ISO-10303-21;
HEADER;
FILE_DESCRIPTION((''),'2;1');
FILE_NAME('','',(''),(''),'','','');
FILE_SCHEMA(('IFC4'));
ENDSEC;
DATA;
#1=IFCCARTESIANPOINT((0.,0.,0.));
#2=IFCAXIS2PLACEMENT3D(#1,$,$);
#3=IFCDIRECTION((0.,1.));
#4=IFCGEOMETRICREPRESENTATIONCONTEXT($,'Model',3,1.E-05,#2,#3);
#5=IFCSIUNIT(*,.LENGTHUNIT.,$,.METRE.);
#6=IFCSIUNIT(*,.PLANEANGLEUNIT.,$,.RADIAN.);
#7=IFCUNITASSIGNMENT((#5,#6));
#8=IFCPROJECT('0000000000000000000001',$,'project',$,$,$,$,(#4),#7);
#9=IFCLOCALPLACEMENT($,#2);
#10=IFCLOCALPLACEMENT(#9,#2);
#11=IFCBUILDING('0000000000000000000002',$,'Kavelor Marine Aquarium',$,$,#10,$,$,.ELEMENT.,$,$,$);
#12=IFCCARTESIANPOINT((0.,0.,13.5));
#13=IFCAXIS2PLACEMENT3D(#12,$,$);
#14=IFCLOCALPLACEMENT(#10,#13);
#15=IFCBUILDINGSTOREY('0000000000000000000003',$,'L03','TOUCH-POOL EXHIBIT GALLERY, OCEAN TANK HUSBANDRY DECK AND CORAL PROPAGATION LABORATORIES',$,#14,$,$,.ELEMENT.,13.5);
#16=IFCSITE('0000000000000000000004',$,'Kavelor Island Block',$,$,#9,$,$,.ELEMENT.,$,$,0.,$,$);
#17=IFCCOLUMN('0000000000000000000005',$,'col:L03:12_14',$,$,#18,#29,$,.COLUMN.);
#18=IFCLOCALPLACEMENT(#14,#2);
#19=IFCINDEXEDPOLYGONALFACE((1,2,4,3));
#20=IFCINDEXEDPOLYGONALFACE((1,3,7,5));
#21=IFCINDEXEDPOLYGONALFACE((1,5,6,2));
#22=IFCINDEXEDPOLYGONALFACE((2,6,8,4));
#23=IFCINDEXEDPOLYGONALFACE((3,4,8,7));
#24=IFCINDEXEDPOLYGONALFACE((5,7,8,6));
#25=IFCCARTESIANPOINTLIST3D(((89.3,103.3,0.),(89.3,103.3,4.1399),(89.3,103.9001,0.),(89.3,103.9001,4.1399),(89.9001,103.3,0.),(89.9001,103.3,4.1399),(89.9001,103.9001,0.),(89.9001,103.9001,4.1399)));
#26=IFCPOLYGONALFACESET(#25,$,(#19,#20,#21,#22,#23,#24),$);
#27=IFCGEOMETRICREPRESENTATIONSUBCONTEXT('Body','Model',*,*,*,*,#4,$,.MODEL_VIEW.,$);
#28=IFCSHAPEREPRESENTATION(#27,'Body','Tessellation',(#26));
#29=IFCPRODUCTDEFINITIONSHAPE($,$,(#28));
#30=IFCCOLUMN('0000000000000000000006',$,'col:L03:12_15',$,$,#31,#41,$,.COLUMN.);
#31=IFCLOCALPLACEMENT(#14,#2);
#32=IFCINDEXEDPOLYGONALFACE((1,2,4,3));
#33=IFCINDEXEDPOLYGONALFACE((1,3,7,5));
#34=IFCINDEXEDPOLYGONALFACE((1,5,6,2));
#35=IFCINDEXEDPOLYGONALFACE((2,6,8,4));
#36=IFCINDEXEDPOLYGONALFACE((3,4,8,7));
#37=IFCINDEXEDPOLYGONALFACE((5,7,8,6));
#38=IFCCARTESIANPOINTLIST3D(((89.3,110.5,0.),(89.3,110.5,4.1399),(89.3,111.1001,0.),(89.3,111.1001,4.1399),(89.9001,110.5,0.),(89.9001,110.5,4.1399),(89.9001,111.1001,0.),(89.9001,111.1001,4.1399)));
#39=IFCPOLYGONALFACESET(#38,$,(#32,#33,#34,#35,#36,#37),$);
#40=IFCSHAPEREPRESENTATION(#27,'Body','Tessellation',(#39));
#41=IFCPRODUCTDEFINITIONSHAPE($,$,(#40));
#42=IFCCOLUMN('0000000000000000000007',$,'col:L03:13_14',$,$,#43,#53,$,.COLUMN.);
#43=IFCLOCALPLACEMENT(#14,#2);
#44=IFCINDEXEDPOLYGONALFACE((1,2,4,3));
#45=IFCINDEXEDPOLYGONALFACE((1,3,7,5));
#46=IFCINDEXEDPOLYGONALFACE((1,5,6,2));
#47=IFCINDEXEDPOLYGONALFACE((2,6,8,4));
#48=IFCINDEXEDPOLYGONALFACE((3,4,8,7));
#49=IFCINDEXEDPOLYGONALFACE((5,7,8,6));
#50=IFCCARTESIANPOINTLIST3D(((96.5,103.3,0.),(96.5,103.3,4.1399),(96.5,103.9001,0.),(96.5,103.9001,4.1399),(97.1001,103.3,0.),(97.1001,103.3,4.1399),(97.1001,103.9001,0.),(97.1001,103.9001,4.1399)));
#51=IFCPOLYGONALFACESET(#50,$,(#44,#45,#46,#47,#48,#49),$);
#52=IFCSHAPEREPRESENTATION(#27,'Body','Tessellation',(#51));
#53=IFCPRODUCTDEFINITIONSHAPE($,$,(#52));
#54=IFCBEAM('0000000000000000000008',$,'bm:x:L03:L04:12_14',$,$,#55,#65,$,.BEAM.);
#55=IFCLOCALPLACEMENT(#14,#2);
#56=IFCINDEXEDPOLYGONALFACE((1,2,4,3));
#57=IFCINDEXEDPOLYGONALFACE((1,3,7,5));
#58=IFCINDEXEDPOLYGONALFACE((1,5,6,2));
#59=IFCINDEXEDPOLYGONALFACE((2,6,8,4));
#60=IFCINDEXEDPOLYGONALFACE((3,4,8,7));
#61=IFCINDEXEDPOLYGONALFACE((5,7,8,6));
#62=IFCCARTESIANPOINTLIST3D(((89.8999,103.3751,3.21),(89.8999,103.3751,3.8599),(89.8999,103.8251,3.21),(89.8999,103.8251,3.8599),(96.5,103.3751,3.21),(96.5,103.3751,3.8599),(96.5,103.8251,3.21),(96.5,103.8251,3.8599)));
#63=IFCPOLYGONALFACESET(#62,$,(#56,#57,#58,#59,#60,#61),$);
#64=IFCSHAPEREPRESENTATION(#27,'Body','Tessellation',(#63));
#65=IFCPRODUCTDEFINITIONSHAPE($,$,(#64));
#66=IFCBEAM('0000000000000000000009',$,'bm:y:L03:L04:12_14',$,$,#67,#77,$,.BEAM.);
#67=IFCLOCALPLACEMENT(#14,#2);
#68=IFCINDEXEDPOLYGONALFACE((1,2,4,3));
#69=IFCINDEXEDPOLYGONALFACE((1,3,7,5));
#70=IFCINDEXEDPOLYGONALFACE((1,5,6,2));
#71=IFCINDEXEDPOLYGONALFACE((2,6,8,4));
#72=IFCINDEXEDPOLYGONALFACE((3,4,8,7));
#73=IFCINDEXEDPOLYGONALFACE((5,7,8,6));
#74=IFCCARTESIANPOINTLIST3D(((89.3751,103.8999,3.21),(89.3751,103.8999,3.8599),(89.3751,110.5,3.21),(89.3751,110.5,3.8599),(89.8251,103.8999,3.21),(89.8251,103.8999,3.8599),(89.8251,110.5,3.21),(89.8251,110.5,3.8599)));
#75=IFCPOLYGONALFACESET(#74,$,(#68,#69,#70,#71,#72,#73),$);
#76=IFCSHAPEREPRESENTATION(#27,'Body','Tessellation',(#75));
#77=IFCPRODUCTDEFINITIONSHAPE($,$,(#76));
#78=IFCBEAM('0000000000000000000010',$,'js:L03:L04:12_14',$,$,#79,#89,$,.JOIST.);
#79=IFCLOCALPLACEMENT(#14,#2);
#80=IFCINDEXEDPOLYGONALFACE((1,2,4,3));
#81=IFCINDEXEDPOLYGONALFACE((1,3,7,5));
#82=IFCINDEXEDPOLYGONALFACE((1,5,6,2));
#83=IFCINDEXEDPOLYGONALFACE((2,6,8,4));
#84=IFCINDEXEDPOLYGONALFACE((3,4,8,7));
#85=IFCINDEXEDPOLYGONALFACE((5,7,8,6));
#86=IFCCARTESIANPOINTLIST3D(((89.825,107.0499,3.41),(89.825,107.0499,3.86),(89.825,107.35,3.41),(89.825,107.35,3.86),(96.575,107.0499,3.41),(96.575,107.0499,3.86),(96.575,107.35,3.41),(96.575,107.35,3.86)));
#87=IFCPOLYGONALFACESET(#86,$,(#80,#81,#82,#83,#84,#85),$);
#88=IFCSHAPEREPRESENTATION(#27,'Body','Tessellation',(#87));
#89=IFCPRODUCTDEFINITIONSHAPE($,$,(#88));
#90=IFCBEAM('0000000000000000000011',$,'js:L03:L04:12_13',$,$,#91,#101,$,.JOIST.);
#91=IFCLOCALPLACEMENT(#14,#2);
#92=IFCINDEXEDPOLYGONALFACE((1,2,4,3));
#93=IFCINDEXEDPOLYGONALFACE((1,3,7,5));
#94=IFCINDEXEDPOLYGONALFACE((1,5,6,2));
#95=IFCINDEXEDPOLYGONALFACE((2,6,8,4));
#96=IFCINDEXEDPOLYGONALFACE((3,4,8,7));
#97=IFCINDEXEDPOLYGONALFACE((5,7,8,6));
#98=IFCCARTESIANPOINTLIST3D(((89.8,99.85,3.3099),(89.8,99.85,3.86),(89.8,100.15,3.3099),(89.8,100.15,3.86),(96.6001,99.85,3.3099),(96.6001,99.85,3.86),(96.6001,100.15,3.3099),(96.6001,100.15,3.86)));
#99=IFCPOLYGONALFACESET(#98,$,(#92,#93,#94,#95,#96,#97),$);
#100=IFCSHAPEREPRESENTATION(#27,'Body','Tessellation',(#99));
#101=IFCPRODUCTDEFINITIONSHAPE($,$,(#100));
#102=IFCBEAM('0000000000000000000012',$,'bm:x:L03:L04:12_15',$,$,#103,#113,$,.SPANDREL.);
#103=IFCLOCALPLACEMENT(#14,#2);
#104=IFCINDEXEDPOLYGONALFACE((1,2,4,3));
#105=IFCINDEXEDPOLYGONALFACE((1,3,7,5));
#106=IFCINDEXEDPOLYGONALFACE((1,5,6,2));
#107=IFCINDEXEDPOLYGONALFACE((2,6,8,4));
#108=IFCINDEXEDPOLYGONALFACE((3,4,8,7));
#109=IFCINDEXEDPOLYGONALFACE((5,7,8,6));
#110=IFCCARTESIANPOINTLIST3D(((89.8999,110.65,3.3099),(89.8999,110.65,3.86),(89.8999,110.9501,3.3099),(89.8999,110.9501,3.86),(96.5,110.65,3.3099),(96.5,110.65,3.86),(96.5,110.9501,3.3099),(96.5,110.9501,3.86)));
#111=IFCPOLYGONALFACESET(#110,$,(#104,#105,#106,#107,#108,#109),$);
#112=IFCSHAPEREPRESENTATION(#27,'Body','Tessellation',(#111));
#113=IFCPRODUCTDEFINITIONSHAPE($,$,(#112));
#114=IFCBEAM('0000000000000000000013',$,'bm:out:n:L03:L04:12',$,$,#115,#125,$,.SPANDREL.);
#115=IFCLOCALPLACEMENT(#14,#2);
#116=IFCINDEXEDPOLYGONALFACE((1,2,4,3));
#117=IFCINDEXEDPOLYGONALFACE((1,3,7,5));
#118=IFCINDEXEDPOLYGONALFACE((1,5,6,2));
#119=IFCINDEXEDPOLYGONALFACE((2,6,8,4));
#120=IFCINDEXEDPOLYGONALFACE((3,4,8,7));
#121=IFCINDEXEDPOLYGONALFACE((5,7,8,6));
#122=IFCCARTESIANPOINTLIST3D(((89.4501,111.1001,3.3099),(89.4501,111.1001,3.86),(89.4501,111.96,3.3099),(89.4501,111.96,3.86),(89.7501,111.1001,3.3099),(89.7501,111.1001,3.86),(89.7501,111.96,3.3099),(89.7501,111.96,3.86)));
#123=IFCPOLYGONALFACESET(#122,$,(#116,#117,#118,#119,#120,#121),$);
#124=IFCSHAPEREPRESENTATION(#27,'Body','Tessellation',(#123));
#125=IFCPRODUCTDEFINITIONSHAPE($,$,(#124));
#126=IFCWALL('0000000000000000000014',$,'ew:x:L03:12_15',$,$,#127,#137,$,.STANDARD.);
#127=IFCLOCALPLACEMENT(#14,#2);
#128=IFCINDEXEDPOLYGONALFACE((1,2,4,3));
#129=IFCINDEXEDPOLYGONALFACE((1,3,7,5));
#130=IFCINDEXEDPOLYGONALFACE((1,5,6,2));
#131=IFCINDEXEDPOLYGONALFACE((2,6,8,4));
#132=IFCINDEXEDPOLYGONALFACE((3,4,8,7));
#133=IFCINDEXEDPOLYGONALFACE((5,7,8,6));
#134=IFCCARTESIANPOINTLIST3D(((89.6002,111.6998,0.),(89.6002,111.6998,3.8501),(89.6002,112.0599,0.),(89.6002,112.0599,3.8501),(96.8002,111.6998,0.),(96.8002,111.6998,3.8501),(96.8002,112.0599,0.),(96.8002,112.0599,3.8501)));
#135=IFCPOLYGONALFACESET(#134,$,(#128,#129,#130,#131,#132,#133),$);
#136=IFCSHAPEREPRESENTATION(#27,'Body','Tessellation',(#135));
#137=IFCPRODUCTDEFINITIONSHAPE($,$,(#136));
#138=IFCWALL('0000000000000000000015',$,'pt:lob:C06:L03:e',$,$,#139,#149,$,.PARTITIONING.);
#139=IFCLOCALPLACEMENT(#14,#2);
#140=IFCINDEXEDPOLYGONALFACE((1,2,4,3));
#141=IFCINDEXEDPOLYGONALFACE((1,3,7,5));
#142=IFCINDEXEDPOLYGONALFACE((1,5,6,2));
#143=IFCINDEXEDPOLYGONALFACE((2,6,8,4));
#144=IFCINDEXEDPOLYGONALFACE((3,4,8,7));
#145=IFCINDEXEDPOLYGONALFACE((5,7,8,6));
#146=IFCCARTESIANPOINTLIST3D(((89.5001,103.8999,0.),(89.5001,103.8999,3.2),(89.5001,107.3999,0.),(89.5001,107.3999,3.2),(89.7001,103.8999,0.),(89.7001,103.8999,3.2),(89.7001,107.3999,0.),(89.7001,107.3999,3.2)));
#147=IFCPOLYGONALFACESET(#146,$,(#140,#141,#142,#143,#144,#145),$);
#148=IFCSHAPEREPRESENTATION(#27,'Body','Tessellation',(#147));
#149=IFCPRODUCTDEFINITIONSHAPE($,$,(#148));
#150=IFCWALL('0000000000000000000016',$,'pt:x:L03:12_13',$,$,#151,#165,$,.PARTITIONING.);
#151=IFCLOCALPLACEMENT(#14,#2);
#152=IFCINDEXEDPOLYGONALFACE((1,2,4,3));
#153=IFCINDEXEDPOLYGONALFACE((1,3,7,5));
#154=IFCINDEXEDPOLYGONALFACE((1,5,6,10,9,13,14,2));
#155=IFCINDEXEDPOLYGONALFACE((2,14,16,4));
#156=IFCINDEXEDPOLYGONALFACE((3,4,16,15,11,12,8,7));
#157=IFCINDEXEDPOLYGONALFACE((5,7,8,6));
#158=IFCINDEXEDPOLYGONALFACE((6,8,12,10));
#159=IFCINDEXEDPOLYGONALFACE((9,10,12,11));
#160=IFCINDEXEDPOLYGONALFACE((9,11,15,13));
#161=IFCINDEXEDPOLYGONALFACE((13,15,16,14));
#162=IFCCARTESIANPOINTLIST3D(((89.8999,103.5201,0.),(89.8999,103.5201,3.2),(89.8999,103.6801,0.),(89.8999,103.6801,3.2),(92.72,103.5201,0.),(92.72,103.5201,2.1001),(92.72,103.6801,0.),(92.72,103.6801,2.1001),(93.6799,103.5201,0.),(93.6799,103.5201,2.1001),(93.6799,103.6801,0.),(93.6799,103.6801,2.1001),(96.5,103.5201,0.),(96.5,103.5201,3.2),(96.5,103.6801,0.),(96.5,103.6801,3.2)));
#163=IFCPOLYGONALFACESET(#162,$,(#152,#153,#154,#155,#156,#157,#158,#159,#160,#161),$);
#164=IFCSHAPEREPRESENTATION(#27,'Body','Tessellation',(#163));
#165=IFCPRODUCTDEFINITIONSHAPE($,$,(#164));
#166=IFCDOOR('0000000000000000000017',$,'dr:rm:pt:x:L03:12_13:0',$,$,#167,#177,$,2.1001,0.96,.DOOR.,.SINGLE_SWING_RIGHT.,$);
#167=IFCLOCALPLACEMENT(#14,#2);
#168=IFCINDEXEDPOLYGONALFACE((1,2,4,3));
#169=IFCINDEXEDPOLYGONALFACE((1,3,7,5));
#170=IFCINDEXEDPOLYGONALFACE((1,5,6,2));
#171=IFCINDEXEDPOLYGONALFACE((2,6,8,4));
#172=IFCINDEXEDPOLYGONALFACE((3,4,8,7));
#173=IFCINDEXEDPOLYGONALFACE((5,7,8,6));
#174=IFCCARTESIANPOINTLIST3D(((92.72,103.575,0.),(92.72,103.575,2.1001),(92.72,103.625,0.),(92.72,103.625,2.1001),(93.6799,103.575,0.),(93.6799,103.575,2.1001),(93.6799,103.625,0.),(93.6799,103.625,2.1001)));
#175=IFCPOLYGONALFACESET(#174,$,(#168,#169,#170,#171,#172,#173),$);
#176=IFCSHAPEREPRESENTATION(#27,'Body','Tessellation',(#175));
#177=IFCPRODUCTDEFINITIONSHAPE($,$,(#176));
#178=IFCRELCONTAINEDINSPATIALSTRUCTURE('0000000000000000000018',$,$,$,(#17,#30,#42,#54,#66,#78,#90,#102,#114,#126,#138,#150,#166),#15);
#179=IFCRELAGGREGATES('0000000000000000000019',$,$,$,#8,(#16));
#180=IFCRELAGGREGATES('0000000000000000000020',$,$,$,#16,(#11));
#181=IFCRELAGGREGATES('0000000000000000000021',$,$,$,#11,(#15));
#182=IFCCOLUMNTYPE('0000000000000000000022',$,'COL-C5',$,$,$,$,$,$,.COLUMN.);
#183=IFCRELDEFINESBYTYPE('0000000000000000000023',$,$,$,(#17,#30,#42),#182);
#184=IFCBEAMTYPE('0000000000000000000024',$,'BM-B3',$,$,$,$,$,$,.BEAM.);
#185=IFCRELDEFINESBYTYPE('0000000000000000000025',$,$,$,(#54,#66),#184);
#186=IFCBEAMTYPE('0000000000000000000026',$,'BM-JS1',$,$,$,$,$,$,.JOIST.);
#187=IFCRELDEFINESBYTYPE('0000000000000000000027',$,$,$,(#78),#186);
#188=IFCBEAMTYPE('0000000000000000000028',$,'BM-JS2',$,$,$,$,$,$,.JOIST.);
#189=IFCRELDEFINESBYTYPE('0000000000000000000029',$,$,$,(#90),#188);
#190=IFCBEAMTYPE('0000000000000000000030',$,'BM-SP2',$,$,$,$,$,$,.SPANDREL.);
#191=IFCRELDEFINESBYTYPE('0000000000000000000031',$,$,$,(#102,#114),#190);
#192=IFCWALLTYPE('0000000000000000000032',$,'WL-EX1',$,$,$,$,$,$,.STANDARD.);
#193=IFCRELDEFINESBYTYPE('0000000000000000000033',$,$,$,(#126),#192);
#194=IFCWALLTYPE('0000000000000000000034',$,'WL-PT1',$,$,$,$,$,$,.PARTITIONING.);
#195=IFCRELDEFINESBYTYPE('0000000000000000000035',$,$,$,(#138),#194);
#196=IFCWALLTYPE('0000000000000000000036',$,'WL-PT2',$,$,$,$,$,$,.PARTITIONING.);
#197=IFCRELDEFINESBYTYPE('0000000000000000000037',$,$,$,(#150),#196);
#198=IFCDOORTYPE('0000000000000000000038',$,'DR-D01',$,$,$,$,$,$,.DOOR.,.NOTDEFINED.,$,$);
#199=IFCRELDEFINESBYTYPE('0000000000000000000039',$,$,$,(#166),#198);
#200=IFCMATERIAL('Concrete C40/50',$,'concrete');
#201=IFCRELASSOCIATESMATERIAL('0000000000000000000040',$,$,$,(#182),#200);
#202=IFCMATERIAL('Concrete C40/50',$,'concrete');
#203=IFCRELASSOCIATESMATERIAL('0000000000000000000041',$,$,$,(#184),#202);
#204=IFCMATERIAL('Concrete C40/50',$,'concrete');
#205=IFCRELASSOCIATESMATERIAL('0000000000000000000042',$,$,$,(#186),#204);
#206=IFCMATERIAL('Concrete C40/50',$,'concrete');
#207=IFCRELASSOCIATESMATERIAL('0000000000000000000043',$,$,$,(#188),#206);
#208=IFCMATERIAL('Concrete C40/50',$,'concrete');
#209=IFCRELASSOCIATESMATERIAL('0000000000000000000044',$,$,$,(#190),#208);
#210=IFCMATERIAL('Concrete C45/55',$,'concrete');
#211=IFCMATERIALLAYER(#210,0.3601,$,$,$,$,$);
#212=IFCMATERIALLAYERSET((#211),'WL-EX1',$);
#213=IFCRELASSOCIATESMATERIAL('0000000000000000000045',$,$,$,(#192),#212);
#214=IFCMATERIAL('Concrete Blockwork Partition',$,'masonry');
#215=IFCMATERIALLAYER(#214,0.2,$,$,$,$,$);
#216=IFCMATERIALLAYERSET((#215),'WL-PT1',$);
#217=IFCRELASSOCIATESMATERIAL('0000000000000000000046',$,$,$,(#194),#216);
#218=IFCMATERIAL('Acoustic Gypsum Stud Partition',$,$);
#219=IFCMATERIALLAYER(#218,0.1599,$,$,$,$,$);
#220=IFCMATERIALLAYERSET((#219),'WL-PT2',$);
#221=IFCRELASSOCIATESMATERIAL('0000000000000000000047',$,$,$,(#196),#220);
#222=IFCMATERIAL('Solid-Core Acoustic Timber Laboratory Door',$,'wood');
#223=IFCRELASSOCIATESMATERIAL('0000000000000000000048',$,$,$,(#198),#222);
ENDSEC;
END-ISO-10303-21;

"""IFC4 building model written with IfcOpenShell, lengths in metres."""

from ifc_helpers import new_model, si_unit, direction, frame, frame_2d, origin, origin_2d, place, context, subcontext, project, spatial, rectangle, extrude, material, layer, layer_set, material_profile, profile_set, type_object, element, fill, save


model = new_model("IFC4")

# Units and contexts
model_context = context("Model", 3, precision=1e-05, world=origin(), true_north=direction((0.0, 1.0)))
body_context = subcontext(model_context, "Body", "Model", "MODEL_VIEW")
ifc_project = project(units=[si_unit("LENGTHUNIT", "METRE"), si_unit("PLANEANGLEUNIT", "RADIAN")], contexts=[model_context])

# Site, building, storey
site_placement = place(None, origin())
site = spatial("IfcSite", under=ifc_project, at=site_placement, Name="Kavelor Island Block", CompositionType="ELEMENT", RefElevation=0.0)
building_placement = place(site_placement, origin())
building = spatial("IfcBuilding", under=site, at=building_placement, Name="Kavelor Marine Aquarium", CompositionType="ELEMENT")
storey_placement = place(building_placement, frame((0.0, 0.0, 13.5)))
storey = spatial("IfcBuildingStorey", under=building, at=storey_placement, Name="L03", Description="TOUCH-POOL EXHIBIT GALLERY, OCEAN TANK HUSBANDRY DECK AND CORAL PROPAGATION LABORATORIES", CompositionType="ELEMENT", Elevation=13.5)

# Columns
ifc_material_1 = material(Name="Concrete C40/50", Category="concrete")
ifc_material_profile_1 = material_profile(ifc_material_1, rectangle(XDim=0.6001, YDim=0.6001, at=origin_2d()), Name="RC-COL 600x600")
ifc_profile_set_1 = profile_set([ifc_material_profile_1], Name="Concrete C40/50")
column_type = type_object("IfcColumnType", Name="COL-C5", PredefinedType="COLUMN", material=ifc_profile_set_1)
for number, where, z_axis, x_axis, name in (
    (1, (89.6001, 103.6001, 0.0), (0.0, 0.0, 1.0), (1.0, 0.0, 0.0), "col:L03:12_14"),
    (2, (89.6001, 110.8, 0.0), (0.0, 0.0, 1.0), (1.0, 0.0, 0.0), "col:L03:12_15"),
    (3, (96.8, 103.6001, 0.0), (0.0, 0.0, 1.0), (1.0, 0.0, 0.0), "col:L03:13_14"),
):
    element("IfcColumn", number, at=place(storey_placement, frame(where, z_axis=z_axis, x_axis=x_axis)), inside=storey, type_object=column_type, Name=name, PredefinedType="COLUMN", context=body_context, shape_type="SweptSolid", body=[
        extrude(rectangle(XDim=0.6001, YDim=0.6001, at=origin_2d()), origin(), (0.0, 0.0, 1.0), 4.1399),
    ])

# Beams
ifc_material_2 = material(Name="Concrete C40/50", Category="concrete")
ifc_material_profile_2 = material_profile(ifc_material_2, rectangle(XDim=0.45, YDim=0.6499, at=origin_2d()), Name="RC-BM 450x650")
ifc_profile_set_2 = profile_set([ifc_material_profile_2], Name="Concrete C40/50")
beam_type_1 = type_object("IfcBeamType", Name="BM-B3", PredefinedType="BEAM", material=ifc_profile_set_2)
for number, where, z_axis, x_axis, name in (
    (4, (89.8999, 103.6001, 3.5349), (1.0, 0.0, 0.0), (0.0, 1.0, 0.0), "bm:x:L03:L04:12_14"),
    (5, (89.6001, 103.8999, 3.5349), (0.0, 1.0, 0.0), (-1.0, 0.0, 0.0), "bm:y:L03:L04:12_14"),
):
    element("IfcBeam", number, at=place(storey_placement, frame(where, z_axis=z_axis, x_axis=x_axis)), inside=storey, type_object=beam_type_1, Name=name, PredefinedType="BEAM", context=body_context, shape_type="SweptSolid", body=[
        extrude(rectangle(XDim=0.45, YDim=0.6499, at=origin_2d()), origin(), (0.0, 0.0, 1.0), 6.6001),
    ])
ifc_material_3 = material(Name="Concrete C40/50", Category="concrete")
ifc_material_profile_3 = material_profile(ifc_material_3, rectangle(XDim=0.3, YDim=0.45, at=origin_2d()), Name="RC-JS 300x450")
ifc_profile_set_3 = profile_set([ifc_material_profile_3], Name="Concrete C40/50")
beam_type_2 = type_object("IfcBeamType", Name="BM-JS1", PredefinedType="JOIST", material=ifc_profile_set_3)
beam_1_placement = place(storey_placement, frame((89.825, 107.2, 3.635), z_axis=(1.0, 0.0, 0.0), x_axis=(0.0, 1.0, 0.0)))
element("IfcBeam", 6, at=beam_1_placement, inside=storey, type_object=beam_type_2, Name="js:L03:L04:12_14", PredefinedType="JOIST", context=body_context, shape_type="SweptSolid", body=[
    extrude(rectangle(XDim=0.3, YDim=0.45, at=origin_2d()), origin(), (0.0, 0.0, 1.0), 6.75),
])
ifc_material_4 = material(Name="Concrete C40/50", Category="concrete")
ifc_material_profile_4 = material_profile(ifc_material_4, rectangle(XDim=0.3, YDim=0.55, at=origin_2d()), Name="RC-JS 300x550")
ifc_profile_set_4 = profile_set([ifc_material_profile_4], Name="Concrete C40/50")
beam_type_3 = type_object("IfcBeamType", Name="BM-JS2", PredefinedType="JOIST", material=ifc_profile_set_4)
beam_2_placement = place(storey_placement, frame((89.8, 100.0, 3.585), z_axis=(1.0, 0.0, 0.0), x_axis=(0.0, 1.0, 0.0)))
element("IfcBeam", 7, at=beam_2_placement, inside=storey, type_object=beam_type_3, Name="js:L03:L04:12_13", PredefinedType="JOIST", context=body_context, shape_type="SweptSolid", body=[
    extrude(rectangle(XDim=0.3, YDim=0.55, at=origin_2d()), origin(), (0.0, 0.0, 1.0), 6.8),
])
ifc_material_5 = material(Name="Concrete C40/50", Category="concrete")
ifc_material_profile_5 = material_profile(ifc_material_5, rectangle(XDim=0.3, YDim=0.55, at=origin_2d()), Name="RC-SP 300x550")
ifc_profile_set_5 = profile_set([ifc_material_profile_5], Name="Concrete C40/50")
beam_type_4 = type_object("IfcBeamType", Name="BM-SP2", PredefinedType="SPANDREL", material=ifc_profile_set_5)
beam_3_placement = place(storey_placement, frame((89.8999, 110.8, 3.585), z_axis=(1.0, 0.0, 0.0), x_axis=(0.0, 1.0, 0.0)))
element("IfcBeam", 8, at=beam_3_placement, inside=storey, type_object=beam_type_4, Name="bm:x:L03:L04:12_15", PredefinedType="SPANDREL", context=body_context, shape_type="SweptSolid", body=[
    extrude(rectangle(XDim=0.3, YDim=0.55, at=origin_2d()), origin(), (0.0, 0.0, 1.0), 6.6001),
])
beam_4_placement = place(storey_placement, frame((89.6001, 111.1001, 3.585), z_axis=(0.0, 1.0, 0.0), x_axis=(-1.0, 0.0, 0.0)))
element("IfcBeam", 9, at=beam_4_placement, inside=storey, type_object=beam_type_4, Name="bm:out:n:L03:L04:12", PredefinedType="SPANDREL", context=body_context, shape_type="SweptSolid", body=[
    extrude(rectangle(XDim=0.3, YDim=0.55, at=origin_2d()), origin(), (0.0, 0.0, 1.0), 0.8599),
])

# Walls
ifc_material_6 = material(Name="Concrete C45/55", Category="concrete")
ifc_layer_1 = layer(ifc_material_6, 0.3601)
ifc_layer_set_1 = layer_set([ifc_layer_1], Name="WL-EX1")
wall_type_1 = type_object("IfcWallType", Name="WL-EX1", PredefinedType="STANDARD", material=ifc_layer_set_1)
wall_1_placement = place(storey_placement, frame((89.6001, 111.8799, 0.0), z_axis=(0.0, 0.0, 1.0), x_axis=(1.0, 0.0, 0.0)))
element("IfcWall", 10, at=wall_1_placement, inside=storey, type_object=wall_type_1, Name="ew:x:L03:12_15", PredefinedType="STANDARD", context=body_context, shape_type="SweptSolid", body=[
    extrude(rectangle(XDim=7.2, YDim=0.3601, at=frame_2d((3.6001, 0.0))), origin(), (0.0, 0.0, 1.0), 3.8501),
])
ifc_material_7 = material(Name="Concrete Blockwork Partition", Category="masonry")
ifc_layer_2 = layer(ifc_material_7, 0.2)
ifc_layer_set_2 = layer_set([ifc_layer_2], Name="WL-PT1")
wall_type_2 = type_object("IfcWallType", Name="WL-PT1", PredefinedType="PARTITIONING", material=ifc_layer_set_2)
wall_2_placement = place(storey_placement, frame((89.6001, 103.8999, 0.0), z_axis=(0.0, 0.0, 1.0), x_axis=(0.0, 1.0, 0.0)))
element("IfcWall", 11, at=wall_2_placement, inside=storey, type_object=wall_type_2, Name="pt:lob:C06:L03:e", PredefinedType="PARTITIONING", context=body_context, shape_type="SweptSolid", body=[
    extrude(rectangle(XDim=3.5, YDim=0.2, at=frame_2d((1.75, 0.0))), origin(), (0.0, 0.0, 1.0), 3.2),
])

# Wall, opening, door
ifc_material_8 = material(Name="Acoustic Gypsum Stud Partition")
ifc_layer_3 = layer(ifc_material_8, 0.1599)
ifc_layer_set_3 = layer_set([ifc_layer_3], Name="WL-PT2")
wall_type_3 = type_object("IfcWallType", Name="WL-PT2", PredefinedType="PARTITIONING", material=ifc_layer_set_3)
wall_3_placement = place(storey_placement, frame((89.8999, 103.6001, 0.0), z_axis=(0.0, 0.0, 1.0), x_axis=(1.0, 0.0, 0.0)))
wall_3 = element("IfcWall", 12, at=wall_3_placement, inside=storey, type_object=wall_type_3, Name="pt:x:L03:12_13", PredefinedType="PARTITIONING", context=body_context, shape_type="SweptSolid", body=[
    extrude(rectangle(XDim=6.6001, YDim=0.1599, at=frame_2d((3.3, 0.0))), origin(), (0.0, 0.0, 1.0), 3.2),
])
opening_1_placement = place(wall_3_placement, frame((2.8201, 0.0, 0.0)))
opening_1 = element("IfcOpeningElement", 13, at=opening_1_placement, cuts=wall_3, PredefinedType="OPENING", context=body_context, shape_type="SweptSolid", body=[
    extrude(rectangle(XDim=0.96, YDim=2.1001, at=frame_2d((0.48, 1.05))), frame((0.0, 0.0898, 0.0), z_axis=(0.0, -1.0, 0.0), x_axis=(1.0, 0.0, 0.0)), (0.0, 0.0, 1.0), 0.1799),
])
ifc_material_9 = material(Name="Solid-Core Acoustic Timber Laboratory Door", Category="wood")
door_type_1 = type_object("IfcDoorType", Name="DR-D01", OperationType="NOTDEFINED", PredefinedType="DOOR", material=ifc_material_9)
door_1_placement = place(opening_1_placement, origin())
door_1 = element("IfcDoor", 14, at=door_1_placement, inside=storey, type_object=door_type_1, Name="dr:rm:pt:x:L03:12_13:0", OperationType="SINGLE_SWING_RIGHT", OverallHeight=2.1001, OverallWidth=0.96, PredefinedType="DOOR", context=body_context, shape_type="SweptSolid", body=[
    extrude(rectangle(XDim=0.96, YDim=2.1001, at=frame_2d((0.48, 1.05))), frame((0.0, 0.0249, 0.0), z_axis=(0.0, -1.0, 0.0), x_axis=(1.0, 0.0, 0.0)), (0.0, 0.0, 1.0), 0.05),
])
fill(opening_1, door_1)

save(model, "model.ifc")
